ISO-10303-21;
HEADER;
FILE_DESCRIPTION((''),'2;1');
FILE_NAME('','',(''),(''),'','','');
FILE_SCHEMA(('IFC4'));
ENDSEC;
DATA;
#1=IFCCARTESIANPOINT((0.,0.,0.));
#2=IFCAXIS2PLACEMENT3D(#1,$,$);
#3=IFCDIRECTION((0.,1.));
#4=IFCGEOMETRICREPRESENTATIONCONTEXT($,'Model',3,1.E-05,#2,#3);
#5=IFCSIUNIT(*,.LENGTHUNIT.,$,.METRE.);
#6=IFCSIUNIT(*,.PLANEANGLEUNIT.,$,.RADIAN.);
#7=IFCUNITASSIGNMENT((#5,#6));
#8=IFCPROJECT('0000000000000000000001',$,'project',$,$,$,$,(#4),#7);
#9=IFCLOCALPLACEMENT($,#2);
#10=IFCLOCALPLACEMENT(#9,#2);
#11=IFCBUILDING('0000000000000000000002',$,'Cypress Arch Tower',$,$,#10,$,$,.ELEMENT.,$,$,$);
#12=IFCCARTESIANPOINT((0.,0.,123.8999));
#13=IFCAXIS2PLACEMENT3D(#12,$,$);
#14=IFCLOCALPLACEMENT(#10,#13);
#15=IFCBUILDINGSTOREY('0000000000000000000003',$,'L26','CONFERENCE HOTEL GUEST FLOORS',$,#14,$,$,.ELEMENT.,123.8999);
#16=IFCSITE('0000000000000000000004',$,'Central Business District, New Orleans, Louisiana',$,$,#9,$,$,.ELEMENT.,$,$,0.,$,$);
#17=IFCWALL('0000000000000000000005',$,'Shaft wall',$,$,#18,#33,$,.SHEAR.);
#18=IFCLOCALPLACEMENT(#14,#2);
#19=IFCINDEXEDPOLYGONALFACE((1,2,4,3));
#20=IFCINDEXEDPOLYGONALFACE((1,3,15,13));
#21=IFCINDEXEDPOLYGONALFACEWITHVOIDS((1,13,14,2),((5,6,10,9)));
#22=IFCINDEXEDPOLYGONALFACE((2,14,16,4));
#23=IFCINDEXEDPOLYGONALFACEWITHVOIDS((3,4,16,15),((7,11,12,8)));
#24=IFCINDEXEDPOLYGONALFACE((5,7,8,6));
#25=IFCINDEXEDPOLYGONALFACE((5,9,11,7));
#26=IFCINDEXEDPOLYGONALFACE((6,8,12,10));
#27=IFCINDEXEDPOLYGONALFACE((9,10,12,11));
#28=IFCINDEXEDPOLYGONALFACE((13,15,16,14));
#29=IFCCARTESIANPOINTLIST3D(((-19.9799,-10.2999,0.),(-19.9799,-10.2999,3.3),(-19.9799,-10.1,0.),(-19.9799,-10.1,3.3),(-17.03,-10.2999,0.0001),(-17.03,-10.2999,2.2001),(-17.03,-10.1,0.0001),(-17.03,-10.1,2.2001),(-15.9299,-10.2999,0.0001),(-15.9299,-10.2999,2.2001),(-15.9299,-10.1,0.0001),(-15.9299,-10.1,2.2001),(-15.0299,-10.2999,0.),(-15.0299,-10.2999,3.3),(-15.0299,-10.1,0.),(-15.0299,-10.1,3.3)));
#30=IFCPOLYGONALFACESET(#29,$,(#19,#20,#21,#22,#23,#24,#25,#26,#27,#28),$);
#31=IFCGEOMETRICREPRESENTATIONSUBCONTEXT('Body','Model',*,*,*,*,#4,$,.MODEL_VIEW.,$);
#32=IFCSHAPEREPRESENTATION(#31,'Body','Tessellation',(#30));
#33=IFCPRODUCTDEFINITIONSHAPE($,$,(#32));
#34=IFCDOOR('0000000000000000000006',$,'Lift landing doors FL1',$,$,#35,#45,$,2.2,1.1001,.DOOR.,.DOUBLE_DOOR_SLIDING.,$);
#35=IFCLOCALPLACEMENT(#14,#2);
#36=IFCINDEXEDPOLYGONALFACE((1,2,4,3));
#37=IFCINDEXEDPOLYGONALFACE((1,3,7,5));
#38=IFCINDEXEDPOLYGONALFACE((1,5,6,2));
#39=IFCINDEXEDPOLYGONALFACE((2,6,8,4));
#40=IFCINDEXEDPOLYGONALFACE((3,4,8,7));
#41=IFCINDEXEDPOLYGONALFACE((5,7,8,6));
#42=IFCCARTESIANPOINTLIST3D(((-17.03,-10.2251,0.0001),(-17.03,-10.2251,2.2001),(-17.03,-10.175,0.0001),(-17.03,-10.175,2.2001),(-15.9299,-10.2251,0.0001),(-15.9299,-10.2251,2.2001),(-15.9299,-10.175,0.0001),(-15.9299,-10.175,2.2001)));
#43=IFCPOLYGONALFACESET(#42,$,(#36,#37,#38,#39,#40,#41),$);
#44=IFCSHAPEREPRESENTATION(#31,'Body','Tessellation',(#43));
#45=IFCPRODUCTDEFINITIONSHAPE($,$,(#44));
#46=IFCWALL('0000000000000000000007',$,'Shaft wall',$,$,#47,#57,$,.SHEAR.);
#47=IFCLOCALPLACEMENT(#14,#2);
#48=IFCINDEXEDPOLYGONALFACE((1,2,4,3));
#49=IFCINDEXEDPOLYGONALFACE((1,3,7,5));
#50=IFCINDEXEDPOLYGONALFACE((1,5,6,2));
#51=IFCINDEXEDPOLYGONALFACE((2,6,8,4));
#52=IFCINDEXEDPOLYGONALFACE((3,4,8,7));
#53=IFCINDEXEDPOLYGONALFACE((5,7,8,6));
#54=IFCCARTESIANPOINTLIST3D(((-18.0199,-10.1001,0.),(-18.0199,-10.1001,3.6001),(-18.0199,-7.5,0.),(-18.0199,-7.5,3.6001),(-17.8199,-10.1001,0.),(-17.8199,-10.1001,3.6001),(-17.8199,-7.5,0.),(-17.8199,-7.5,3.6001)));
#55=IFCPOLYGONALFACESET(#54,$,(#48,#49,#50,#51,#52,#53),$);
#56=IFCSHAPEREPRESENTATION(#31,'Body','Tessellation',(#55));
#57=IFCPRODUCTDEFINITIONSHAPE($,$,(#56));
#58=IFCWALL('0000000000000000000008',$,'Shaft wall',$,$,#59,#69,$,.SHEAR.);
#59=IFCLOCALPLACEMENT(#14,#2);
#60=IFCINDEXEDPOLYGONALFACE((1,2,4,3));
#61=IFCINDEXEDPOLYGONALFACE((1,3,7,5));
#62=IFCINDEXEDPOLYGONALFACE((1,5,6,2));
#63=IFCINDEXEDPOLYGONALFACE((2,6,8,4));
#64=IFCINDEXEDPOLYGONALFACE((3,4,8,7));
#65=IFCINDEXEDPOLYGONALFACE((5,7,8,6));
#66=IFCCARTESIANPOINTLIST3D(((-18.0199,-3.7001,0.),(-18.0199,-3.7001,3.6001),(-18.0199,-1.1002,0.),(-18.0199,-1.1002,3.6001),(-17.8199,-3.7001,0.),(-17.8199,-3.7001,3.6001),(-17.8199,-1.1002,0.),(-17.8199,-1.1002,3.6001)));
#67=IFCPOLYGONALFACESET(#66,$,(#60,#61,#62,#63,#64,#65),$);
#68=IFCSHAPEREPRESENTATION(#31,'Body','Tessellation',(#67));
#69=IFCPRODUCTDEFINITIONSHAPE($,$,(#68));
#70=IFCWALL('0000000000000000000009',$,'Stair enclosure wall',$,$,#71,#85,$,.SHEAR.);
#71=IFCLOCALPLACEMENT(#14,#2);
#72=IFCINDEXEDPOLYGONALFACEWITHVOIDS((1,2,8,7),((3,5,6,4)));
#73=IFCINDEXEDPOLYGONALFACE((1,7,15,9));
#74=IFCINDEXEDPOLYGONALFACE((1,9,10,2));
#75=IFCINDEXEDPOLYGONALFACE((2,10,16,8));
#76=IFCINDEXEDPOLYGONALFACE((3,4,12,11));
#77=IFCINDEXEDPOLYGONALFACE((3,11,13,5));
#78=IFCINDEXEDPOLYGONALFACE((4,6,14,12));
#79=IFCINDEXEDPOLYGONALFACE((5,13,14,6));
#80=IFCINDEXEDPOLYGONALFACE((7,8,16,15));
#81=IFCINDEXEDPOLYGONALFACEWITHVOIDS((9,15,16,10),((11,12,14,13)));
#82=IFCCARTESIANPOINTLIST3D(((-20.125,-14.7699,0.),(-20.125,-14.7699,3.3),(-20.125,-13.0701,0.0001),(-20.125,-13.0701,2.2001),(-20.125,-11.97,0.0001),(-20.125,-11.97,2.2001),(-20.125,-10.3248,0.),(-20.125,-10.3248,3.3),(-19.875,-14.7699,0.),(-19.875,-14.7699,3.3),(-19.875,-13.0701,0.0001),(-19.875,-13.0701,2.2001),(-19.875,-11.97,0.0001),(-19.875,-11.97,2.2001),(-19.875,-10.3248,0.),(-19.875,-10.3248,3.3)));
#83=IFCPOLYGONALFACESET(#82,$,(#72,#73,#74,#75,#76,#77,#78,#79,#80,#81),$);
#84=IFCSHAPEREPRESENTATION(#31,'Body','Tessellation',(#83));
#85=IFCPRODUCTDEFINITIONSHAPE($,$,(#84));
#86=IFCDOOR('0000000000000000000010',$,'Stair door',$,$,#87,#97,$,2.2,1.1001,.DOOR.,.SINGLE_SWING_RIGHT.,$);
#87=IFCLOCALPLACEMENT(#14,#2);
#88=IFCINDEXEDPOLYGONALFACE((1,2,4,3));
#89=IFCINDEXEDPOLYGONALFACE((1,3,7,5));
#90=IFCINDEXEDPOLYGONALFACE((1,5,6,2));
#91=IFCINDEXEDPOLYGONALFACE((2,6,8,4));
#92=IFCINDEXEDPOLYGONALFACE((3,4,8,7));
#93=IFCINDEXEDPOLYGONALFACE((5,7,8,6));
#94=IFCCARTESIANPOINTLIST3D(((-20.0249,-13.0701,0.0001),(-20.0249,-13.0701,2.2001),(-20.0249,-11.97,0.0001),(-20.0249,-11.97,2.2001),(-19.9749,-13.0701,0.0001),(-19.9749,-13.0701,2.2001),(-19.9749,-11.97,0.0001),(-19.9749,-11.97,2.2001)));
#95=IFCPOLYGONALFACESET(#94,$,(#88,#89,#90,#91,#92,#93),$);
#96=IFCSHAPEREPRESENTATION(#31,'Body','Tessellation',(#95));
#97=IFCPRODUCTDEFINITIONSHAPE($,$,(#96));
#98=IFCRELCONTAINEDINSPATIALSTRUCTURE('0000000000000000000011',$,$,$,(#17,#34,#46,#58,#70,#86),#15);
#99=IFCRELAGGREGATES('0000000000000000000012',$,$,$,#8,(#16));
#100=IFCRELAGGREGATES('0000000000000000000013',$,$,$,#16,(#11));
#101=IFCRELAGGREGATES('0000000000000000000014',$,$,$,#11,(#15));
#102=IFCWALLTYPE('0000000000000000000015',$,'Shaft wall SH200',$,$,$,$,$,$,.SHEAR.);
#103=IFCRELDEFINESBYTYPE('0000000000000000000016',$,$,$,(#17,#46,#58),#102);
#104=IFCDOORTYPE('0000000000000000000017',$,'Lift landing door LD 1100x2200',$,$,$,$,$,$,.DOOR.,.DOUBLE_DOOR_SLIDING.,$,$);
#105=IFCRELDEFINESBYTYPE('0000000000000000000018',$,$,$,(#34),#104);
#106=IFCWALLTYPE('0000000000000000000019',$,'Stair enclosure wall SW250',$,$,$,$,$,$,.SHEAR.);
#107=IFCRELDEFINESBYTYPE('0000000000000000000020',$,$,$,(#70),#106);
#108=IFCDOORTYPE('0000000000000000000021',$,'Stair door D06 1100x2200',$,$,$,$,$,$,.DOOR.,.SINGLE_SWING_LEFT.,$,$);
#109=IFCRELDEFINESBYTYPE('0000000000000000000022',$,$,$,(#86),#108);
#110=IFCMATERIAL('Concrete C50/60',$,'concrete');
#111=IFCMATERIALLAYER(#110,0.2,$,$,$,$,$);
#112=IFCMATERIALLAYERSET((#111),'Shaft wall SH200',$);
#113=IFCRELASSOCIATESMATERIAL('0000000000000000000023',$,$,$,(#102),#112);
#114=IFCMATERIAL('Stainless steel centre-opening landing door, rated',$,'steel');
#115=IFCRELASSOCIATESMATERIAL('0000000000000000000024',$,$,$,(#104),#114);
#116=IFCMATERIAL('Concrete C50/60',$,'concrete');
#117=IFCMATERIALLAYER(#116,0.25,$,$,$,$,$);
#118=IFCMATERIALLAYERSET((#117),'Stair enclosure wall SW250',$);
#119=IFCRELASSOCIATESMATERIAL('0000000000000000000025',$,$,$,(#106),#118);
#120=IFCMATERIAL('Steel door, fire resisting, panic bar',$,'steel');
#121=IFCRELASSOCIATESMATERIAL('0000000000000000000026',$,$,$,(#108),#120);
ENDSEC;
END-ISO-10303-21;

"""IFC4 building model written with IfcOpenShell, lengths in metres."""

from ifc_helpers import new_model, si_unit, direction, frame, frame_2d, origin, place, context, subcontext, project, spatial, rectangle, extrude, material, layer, layer_set, type_object, element, fill, save


model = new_model("IFC4")

# Units and contexts
model_context = context("Model", 3, precision=1e-05, world=origin(), true_north=direction((0.0, 1.0)))
body_context = subcontext(model_context, "Body", "Model", "MODEL_VIEW")
ifc_project = project(units=[si_unit("LENGTHUNIT", "METRE"), si_unit("PLANEANGLEUNIT", "RADIAN")], contexts=[model_context])

# Site, building, storey
site_placement = place(None, origin())
site = spatial("IfcSite", under=ifc_project, at=site_placement, Name="Central Business District, New Orleans, Louisiana", CompositionType="ELEMENT", RefElevation=0.0)
building_placement = place(site_placement, origin())
building = spatial("IfcBuilding", under=site, at=building_placement, Name="Cypress Arch Tower", CompositionType="ELEMENT")
storey_placement = place(building_placement, frame((0.0, 0.0, 123.8999)))
storey = spatial("IfcBuildingStorey", under=building, at=storey_placement, Name="L26", Description="CONFERENCE HOTEL GUEST FLOORS", CompositionType="ELEMENT", Elevation=123.8999)

# Wall, opening, door
ifc_material_1 = material(Name="Concrete C50/60", Category="concrete")
ifc_layer_1 = layer(ifc_material_1, 0.2)
ifc_layer_set_1 = layer_set([ifc_layer_1], Name="Shaft wall SH200")
wall_type_1 = type_object("IfcWallType", Name="Shaft wall SH200", PredefinedType="SHEAR", material=ifc_layer_set_1)
wall_1_placement = place(storey_placement, frame((-19.98, -10.2, 0.0), z_axis=(0.0, 0.0, 1.0), x_axis=(1.0, 0.0, 0.0)))
wall_1 = element("IfcWall", 1, at=wall_1_placement, inside=storey, type_object=wall_type_1, Name="Shaft wall", PredefinedType="SHEAR", context=body_context, shape_type="SweptSolid", body=[
    extrude(rectangle(XDim=4.95, YDim=0.2, at=frame_2d((2.4751, 0.0))), origin(), (0.0, 0.0, 1.0), 3.3),
])
opening_1_placement = place(wall_1_placement, frame((2.95, 0.0, 0.0)))
opening_1 = element("IfcOpeningElement", 2, at=opening_1_placement, cuts=wall_1, PredefinedType="OPENING", context=body_context, shape_type="SweptSolid", body=[
    extrude(rectangle(XDim=1.1001, YDim=2.2, at=frame_2d((0.55, 1.1001))), frame((0.0, 0.1099, 0.0), z_axis=(0.0, -1.0, 0.0), x_axis=(1.0, 0.0, 0.0)), (0.0, 0.0, 1.0), 0.22),
])
ifc_material_2 = material(Name="Stainless steel centre-opening landing door, rated", Category="steel")
door_type_1 = type_object("IfcDoorType", Name="Lift landing door LD 1100x2200", OperationType="DOUBLE_DOOR_SLIDING", PredefinedType="DOOR", material=ifc_material_2)
door_1_placement = place(opening_1_placement, origin())
door_1 = element("IfcDoor", 3, at=door_1_placement, inside=storey, type_object=door_type_1, Name="Lift landing doors FL1", OperationType="DOUBLE_DOOR_SLIDING", OverallHeight=2.2, OverallWidth=1.1001, PredefinedType="DOOR", context=body_context, shape_type="SweptSolid", body=[
    extrude(rectangle(XDim=1.1001, YDim=2.2, at=frame_2d((0.55, 1.1001))), frame((0.0, 0.0249, 0.0), z_axis=(0.0, -1.0, 0.0), x_axis=(1.0, 0.0, 0.0)), (0.0, 0.0, 1.0), 0.05),
])
fill(opening_1, door_1)

# Walls
wall_2_placement = place(storey_placement, frame((-17.9199, -10.1001, 0.0), z_axis=(0.0, 0.0, 1.0), x_axis=(0.0, 1.0, 0.0)))
element("IfcWall", 4, at=wall_2_placement, inside=storey, type_object=wall_type_1, Name="Shaft wall", PredefinedType="SHEAR", context=body_context, shape_type="SweptSolid", body=[
    extrude(rectangle(XDim=2.6001, YDim=0.2, at=frame_2d((1.3, 0.0))), origin(), (0.0, 0.0, 1.0), 3.6001),
])
wall_3_placement = place(storey_placement, frame((-17.9199, -3.7, 0.0), z_axis=(0.0, 0.0, 1.0), x_axis=(0.0, 1.0, 0.0)))
element("IfcWall", 5, at=wall_3_placement, inside=storey, type_object=wall_type_1, Name="Shaft wall", PredefinedType="SHEAR", context=body_context, shape_type="SweptSolid", body=[
    extrude(rectangle(XDim=2.5999, YDim=0.2, at=frame_2d((1.2998, 0.0))), origin(), (0.0, 0.0, 1.0), 3.6001),
])

# Wall, opening, door
ifc_material_3 = material(Name="Concrete C50/60", Category="concrete")
ifc_layer_2 = layer(ifc_material_3, 0.25)
ifc_layer_set_2 = layer_set([ifc_layer_2], Name="Stair enclosure wall SW250")
wall_type_2 = type_object("IfcWallType", Name="Stair enclosure wall SW250", PredefinedType="SHEAR", material=ifc_layer_set_2)
wall_4_placement = place(storey_placement, frame((-20.0, -14.77, 0.0), z_axis=(0.0, 0.0, 1.0), x_axis=(0.0, 1.0, 0.0)))
wall_4 = element("IfcWall", 6, at=wall_4_placement, inside=storey, type_object=wall_type_2, Name="Stair enclosure wall", PredefinedType="SHEAR", context=body_context, shape_type="SweptSolid", body=[
    extrude(rectangle(XDim=4.4451, YDim=0.25, at=frame_2d((2.2227, 0.0))), origin(), (0.0, 0.0, 1.0), 3.3),
])
opening_2_placement = place(wall_4_placement, frame((1.7, 0.0, 0.0)))
opening_2 = element("IfcOpeningElement", 7, at=opening_2_placement, cuts=wall_4, PredefinedType="OPENING", context=body_context, shape_type="SweptSolid", body=[
    extrude(rectangle(XDim=1.1001, YDim=2.2, at=frame_2d((0.55, 1.1001))), frame((0.0, 0.135, 0.0), z_axis=(0.0, -1.0, 0.0), x_axis=(1.0, 0.0, 0.0)), (0.0, 0.0, 1.0), 0.27),
])
ifc_material_4 = material(Name="Steel door, fire resisting, panic bar", Category="steel")
door_type_2 = type_object("IfcDoorType", Name="Stair door D06 1100x2200", OperationType="SINGLE_SWING_LEFT", PredefinedType="DOOR", material=ifc_material_4)
door_2_placement = place(opening_2_placement, origin())
door_2 = element("IfcDoor", 8, at=door_2_placement, inside=storey, type_object=door_type_2, Name="Stair door", OperationType="SINGLE_SWING_RIGHT", OverallHeight=2.2, OverallWidth=1.1001, PredefinedType="DOOR", context=body_context, shape_type="SweptSolid", body=[
    extrude(rectangle(XDim=1.1001, YDim=2.2, at=frame_2d((0.55, 1.1001))), frame((0.0, 0.0249, 0.0), z_axis=(0.0, -1.0, 0.0), x_axis=(1.0, 0.0, 0.0)), (0.0, 0.0, 1.0), 0.05),
])
fill(opening_2, door_2)

save(model, "model.ifc")
